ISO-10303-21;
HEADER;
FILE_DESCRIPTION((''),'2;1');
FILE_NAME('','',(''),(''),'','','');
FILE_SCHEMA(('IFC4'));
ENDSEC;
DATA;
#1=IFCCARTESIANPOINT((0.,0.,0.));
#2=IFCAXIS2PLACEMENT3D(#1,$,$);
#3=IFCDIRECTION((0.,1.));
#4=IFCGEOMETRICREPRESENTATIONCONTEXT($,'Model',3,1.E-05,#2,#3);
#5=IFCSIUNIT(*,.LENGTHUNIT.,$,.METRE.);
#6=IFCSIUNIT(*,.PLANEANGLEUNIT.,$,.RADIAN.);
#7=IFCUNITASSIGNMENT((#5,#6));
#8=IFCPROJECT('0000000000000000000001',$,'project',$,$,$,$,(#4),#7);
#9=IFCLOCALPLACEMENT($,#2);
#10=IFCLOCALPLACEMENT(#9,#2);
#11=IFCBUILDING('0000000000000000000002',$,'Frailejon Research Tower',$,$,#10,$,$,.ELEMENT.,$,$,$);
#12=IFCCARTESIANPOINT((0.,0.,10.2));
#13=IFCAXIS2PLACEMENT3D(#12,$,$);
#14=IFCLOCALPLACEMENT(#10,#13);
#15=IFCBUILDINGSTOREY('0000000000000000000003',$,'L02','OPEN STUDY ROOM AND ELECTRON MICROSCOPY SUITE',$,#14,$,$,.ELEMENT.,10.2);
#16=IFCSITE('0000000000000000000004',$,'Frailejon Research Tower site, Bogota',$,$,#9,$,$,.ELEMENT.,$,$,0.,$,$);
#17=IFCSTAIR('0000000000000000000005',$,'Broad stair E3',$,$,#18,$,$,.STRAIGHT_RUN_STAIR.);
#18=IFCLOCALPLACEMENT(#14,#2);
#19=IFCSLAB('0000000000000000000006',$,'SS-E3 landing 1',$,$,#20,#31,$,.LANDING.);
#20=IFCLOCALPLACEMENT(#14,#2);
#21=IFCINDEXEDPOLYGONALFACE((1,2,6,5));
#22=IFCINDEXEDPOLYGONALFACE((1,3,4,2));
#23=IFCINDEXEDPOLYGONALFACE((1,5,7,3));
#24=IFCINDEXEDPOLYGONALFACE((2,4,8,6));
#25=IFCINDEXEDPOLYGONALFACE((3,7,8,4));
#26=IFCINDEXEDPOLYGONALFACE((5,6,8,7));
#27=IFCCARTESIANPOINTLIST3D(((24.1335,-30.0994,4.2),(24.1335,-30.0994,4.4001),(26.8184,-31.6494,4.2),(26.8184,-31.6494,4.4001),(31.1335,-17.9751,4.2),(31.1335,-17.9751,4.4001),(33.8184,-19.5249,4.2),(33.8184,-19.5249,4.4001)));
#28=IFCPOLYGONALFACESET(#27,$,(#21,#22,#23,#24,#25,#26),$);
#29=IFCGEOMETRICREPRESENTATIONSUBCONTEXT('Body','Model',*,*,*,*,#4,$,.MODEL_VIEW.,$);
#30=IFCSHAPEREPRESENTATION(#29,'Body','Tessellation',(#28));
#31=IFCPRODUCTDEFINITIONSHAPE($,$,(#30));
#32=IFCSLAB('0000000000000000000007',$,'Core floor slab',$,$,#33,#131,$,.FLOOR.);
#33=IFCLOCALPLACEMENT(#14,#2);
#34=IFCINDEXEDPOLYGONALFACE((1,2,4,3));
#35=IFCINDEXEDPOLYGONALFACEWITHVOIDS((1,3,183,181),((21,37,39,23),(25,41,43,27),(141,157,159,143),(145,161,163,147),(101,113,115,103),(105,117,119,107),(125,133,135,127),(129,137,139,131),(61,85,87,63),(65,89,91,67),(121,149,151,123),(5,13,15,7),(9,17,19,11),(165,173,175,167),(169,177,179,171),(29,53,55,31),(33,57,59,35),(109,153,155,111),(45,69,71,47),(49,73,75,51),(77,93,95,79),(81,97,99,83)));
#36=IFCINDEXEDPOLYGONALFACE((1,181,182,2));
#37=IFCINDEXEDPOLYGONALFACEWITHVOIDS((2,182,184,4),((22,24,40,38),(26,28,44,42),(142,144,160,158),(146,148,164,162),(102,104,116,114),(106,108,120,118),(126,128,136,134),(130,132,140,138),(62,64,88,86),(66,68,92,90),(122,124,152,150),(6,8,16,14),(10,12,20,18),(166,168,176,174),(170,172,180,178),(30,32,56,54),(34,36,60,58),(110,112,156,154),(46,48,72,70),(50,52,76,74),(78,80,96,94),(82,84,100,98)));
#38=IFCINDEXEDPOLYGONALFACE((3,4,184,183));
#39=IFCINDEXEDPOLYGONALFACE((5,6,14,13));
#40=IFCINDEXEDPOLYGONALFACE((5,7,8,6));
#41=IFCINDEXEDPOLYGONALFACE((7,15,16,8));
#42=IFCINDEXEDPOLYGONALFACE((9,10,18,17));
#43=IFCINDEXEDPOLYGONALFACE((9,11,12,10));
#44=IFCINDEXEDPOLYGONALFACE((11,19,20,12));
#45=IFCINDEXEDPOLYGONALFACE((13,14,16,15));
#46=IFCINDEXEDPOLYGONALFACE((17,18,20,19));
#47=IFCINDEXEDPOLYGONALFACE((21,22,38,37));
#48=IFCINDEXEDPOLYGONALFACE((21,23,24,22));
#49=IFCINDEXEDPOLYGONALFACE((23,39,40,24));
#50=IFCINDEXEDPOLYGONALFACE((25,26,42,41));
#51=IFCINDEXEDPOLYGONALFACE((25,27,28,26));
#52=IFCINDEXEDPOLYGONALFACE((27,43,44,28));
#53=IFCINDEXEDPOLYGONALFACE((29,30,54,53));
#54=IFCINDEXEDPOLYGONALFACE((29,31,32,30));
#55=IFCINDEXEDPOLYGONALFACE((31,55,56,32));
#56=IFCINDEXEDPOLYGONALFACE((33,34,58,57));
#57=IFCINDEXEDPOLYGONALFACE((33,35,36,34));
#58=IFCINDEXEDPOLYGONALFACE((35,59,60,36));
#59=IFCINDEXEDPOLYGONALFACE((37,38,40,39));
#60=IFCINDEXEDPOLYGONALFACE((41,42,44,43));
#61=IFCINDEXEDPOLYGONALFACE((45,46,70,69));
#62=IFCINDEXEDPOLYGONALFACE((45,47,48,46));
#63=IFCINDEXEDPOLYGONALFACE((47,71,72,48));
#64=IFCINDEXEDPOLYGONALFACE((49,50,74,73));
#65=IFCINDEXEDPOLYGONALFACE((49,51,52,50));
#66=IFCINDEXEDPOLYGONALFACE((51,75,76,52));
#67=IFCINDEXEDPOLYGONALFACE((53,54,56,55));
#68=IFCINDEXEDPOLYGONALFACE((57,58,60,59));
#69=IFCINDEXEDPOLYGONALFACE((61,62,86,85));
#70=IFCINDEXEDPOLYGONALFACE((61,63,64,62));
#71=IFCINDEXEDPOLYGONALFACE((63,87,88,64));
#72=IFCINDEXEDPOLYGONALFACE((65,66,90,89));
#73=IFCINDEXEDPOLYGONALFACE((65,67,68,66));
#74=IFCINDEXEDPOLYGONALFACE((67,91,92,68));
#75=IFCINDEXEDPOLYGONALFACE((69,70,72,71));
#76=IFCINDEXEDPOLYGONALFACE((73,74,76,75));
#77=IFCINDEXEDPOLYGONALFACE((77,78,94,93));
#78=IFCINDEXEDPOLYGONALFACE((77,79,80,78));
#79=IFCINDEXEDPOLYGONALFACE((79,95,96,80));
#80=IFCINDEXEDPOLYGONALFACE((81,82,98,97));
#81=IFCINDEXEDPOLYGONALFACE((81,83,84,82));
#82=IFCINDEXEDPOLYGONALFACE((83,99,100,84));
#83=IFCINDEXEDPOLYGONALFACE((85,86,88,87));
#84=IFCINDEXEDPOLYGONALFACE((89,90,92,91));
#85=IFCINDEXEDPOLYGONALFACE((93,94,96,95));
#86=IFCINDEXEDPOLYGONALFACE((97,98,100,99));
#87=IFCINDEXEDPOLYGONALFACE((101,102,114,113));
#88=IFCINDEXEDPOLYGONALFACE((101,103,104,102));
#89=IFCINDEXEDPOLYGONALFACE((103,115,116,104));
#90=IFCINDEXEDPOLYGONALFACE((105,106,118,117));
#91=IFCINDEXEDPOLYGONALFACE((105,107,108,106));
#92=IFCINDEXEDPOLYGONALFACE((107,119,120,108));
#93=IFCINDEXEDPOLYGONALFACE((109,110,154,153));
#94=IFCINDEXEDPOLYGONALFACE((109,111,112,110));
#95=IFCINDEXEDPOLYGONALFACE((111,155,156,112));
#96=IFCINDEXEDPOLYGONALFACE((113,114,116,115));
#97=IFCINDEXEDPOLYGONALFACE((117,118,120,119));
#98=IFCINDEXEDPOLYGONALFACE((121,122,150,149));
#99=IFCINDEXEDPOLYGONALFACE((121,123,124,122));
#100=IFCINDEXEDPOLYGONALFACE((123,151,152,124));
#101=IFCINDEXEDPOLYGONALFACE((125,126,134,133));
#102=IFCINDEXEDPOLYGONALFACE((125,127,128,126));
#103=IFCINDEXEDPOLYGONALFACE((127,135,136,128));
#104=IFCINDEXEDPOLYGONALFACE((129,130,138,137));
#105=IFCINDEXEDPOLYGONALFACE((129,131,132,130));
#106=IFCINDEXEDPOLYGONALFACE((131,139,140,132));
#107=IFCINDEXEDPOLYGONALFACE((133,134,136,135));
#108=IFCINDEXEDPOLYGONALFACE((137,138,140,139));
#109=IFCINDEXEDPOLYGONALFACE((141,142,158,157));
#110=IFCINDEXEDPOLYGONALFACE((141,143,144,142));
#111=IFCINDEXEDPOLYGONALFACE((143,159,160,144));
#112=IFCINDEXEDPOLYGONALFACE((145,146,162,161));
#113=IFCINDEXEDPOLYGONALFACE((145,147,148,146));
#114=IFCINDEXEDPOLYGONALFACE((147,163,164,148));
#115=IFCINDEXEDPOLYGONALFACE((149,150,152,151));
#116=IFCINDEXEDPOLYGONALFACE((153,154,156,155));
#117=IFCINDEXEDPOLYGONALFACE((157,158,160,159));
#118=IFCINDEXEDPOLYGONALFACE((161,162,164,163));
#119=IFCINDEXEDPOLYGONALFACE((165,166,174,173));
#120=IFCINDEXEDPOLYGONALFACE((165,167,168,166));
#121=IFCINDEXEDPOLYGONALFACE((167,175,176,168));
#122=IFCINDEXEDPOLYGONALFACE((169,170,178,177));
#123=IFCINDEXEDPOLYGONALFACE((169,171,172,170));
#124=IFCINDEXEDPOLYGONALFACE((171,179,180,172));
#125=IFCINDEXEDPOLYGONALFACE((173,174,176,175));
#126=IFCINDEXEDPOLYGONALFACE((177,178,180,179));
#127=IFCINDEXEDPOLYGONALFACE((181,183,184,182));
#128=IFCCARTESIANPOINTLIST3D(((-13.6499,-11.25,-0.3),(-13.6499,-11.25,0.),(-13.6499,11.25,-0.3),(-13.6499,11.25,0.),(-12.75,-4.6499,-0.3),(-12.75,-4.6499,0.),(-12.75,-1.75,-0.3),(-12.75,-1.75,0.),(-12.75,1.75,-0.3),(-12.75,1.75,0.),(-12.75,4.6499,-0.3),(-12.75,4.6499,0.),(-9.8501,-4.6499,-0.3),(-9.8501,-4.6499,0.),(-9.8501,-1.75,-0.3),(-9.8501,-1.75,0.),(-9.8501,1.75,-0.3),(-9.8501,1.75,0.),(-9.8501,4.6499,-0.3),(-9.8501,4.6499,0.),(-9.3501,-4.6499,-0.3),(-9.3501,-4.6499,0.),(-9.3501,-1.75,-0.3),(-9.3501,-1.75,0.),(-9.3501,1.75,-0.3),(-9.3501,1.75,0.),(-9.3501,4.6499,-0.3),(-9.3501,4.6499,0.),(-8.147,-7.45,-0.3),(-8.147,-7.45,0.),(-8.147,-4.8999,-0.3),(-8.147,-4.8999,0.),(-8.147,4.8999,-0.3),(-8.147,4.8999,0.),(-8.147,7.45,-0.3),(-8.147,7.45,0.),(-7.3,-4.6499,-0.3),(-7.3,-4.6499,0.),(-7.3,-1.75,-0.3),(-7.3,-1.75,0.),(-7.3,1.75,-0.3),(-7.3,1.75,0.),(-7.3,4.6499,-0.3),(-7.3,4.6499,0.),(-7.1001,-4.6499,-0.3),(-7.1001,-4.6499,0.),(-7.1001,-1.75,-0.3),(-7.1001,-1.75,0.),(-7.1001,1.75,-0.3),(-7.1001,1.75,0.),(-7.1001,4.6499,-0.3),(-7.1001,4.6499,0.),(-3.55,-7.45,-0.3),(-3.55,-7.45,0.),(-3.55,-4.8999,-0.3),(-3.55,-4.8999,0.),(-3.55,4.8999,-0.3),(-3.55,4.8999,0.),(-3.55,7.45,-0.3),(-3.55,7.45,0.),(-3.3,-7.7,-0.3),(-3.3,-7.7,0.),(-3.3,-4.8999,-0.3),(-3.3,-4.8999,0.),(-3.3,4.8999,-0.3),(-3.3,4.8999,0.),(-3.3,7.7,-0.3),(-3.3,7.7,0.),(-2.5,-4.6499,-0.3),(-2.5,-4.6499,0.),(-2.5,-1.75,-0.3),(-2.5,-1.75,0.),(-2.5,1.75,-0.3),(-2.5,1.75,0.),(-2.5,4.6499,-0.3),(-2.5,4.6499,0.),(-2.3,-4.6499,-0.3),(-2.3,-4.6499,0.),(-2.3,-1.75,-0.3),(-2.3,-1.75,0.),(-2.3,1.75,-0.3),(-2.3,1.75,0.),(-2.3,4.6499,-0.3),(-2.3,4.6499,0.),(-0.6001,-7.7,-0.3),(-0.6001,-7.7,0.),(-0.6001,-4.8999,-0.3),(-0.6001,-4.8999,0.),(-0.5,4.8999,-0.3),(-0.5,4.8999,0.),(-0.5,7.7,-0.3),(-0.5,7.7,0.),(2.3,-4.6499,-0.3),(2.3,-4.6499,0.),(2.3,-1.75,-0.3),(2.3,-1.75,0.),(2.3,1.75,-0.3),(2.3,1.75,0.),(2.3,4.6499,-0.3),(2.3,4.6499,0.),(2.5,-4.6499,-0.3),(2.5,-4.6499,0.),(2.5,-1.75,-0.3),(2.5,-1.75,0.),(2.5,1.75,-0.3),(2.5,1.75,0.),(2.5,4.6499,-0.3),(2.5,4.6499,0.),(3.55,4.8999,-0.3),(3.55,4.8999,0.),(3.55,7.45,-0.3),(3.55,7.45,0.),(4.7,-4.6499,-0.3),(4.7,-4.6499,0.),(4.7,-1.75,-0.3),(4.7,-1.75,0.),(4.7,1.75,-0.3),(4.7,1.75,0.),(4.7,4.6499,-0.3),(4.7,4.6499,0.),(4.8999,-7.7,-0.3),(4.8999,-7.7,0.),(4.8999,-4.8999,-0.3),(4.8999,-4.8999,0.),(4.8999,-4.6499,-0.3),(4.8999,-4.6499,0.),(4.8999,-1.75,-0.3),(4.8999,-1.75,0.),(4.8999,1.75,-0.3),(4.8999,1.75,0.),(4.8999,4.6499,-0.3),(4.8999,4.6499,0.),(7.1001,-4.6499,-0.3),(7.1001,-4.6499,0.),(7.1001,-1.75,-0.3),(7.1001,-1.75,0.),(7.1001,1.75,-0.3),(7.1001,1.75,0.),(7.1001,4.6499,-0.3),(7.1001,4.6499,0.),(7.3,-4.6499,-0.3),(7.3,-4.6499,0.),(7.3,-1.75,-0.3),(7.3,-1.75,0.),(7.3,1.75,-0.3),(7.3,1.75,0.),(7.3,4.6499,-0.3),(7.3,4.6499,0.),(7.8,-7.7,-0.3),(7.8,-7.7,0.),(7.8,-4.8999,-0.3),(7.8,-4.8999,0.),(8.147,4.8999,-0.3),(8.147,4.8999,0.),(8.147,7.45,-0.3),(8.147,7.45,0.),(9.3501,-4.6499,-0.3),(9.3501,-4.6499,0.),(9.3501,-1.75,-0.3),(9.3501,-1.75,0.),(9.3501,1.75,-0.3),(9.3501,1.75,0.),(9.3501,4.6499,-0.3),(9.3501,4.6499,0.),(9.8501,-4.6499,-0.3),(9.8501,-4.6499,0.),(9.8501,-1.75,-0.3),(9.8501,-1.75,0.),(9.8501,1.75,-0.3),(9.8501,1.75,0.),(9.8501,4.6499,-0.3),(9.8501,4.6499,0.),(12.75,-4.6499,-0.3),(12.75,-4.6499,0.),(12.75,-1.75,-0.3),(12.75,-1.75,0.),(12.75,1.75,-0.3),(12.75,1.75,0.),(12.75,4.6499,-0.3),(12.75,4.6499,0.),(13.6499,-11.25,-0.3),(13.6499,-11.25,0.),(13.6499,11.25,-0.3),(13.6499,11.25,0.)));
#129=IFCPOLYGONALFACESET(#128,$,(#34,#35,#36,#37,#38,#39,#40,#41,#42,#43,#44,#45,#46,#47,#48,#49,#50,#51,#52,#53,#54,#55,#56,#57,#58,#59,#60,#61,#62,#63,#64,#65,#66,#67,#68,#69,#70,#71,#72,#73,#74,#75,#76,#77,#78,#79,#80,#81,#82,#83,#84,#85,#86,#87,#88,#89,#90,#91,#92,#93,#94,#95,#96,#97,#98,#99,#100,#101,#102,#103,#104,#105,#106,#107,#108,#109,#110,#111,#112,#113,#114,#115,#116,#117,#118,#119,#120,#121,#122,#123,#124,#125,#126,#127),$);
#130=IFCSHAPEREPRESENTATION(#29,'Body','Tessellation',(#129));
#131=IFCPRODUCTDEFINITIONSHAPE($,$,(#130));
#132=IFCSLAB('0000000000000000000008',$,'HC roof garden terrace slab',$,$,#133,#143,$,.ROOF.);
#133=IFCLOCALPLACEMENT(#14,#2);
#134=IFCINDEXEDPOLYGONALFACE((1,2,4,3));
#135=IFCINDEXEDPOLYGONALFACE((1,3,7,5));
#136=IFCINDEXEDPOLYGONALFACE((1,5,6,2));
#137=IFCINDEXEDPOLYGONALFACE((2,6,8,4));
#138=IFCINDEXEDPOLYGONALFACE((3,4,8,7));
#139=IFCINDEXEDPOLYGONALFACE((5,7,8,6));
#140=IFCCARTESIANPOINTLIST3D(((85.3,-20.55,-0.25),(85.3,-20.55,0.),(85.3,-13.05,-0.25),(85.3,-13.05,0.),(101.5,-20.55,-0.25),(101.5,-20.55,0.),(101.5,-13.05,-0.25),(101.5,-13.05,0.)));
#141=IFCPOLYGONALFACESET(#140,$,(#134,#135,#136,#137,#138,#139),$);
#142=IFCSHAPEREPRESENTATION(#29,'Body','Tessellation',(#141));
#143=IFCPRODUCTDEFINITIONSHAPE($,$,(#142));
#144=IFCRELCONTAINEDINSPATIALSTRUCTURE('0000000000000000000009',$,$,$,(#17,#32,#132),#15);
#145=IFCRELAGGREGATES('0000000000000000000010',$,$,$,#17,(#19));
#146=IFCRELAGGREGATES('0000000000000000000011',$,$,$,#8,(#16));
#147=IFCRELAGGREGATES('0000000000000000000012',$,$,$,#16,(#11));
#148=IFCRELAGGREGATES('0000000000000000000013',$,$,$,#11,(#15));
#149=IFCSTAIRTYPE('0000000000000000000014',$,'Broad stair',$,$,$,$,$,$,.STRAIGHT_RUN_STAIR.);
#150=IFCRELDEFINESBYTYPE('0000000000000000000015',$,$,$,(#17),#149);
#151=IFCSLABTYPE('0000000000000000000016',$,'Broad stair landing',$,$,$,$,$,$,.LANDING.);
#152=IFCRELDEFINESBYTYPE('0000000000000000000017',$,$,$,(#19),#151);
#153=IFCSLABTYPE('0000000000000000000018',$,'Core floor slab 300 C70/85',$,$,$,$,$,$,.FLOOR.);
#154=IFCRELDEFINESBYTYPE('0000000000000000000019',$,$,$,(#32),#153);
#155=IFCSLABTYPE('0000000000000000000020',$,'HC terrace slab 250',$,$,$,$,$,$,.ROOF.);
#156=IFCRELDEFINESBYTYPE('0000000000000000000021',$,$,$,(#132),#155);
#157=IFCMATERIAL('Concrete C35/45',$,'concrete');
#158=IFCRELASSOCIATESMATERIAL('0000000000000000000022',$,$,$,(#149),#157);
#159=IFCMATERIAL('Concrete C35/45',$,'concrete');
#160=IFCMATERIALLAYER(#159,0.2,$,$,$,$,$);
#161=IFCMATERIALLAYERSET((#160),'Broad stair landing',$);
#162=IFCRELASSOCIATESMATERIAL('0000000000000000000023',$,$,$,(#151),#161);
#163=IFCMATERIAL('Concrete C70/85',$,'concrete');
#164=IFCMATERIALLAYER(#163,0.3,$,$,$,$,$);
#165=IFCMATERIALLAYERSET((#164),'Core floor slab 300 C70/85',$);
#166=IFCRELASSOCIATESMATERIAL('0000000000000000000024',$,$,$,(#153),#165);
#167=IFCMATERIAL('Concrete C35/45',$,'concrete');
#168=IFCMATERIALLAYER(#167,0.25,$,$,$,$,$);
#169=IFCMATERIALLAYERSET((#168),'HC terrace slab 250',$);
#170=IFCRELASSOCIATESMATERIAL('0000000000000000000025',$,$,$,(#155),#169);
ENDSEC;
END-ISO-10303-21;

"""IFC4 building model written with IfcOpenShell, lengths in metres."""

from ifc_helpers import new_model, si_unit, direction, frame, origin, place, context, subcontext, project, spatial, polyline, outline, extrude, material, layer, layer_set, type_object, element, aggregate, save


model = new_model("IFC4")

# Units and contexts
model_context = context("Model", 3, precision=1e-05, world=origin(), true_north=direction((0.0, 1.0)))
body_context = subcontext(model_context, "Body", "Model", "MODEL_VIEW")
ifc_project = project(units=[si_unit("LENGTHUNIT", "METRE"), si_unit("PLANEANGLEUNIT", "RADIAN")], contexts=[model_context])

# Site, building, storey
site_placement = place(None, origin())
site = spatial("IfcSite", under=ifc_project, at=site_placement, Name="Frailejon Research Tower site, Bogota", CompositionType="ELEMENT", RefElevation=0.0)
building_placement = place(site_placement, origin())
building = spatial("IfcBuilding", under=site, at=building_placement, Name="Frailejon Research Tower", CompositionType="ELEMENT")
storey_placement = place(building_placement, frame((0.0, 0.0, 10.2)))
storey = spatial("IfcBuildingStorey", under=building, at=storey_placement, Name="L02", Description="OPEN STUDY ROOM AND ELECTRON MICROSCOPY SUITE", CompositionType="ELEMENT", Elevation=10.2)

# Stair, slab
ifc_material_1 = material(Name="Concrete C35/45", Category="concrete")
stair_type_1 = type_object("IfcStairType", Name="Broad stair", PredefinedType="STRAIGHT_RUN_STAIR", material=ifc_material_1)
stair_1_placement = place(storey_placement, origin())
stair_1 = element("IfcStair", 1, at=stair_1_placement, inside=storey, type_object=stair_type_1, Name="Broad stair E3", PredefinedType="STRAIGHT_RUN_STAIR")
ifc_material_2 = material(Name="Concrete C35/45", Category="concrete")
ifc_layer_1 = layer(ifc_material_2, 0.2)
ifc_layer_set_1 = layer_set([ifc_layer_1], Name="Broad stair landing")
slab_type_1 = type_object("IfcSlabType", Name="Broad stair landing", PredefinedType="LANDING", material=ifc_layer_set_1)
slab_1_placement = place(storey_placement, frame((0.0, 0.0, 4.2)))
slab_1 = element("IfcSlab", 2, at=slab_1_placement, type_object=slab_type_1, Name="SS-E3 landing 1", PredefinedType="LANDING", context=body_context, shape_type="SweptSolid", body=[
    extrude(outline(polyline([(24.1335, -30.0994), (26.8184, -31.6494), (33.8184, -19.5249), (31.1335, -17.9751), (24.1335, -30.0994)])), origin(), (0.0, 0.0, 1.0), 0.2002),
])
aggregate(stair_1, [slab_1])

# Slabs
ifc_material_3 = material(Name="Concrete C70/85", Category="concrete")
ifc_layer_2 = layer(ifc_material_3, 0.3)
ifc_layer_set_2 = layer_set([ifc_layer_2], Name="Core floor slab 300 C70/85")
slab_type_2 = type_object("IfcSlabType", Name="Core floor slab 300 C70/85", PredefinedType="FLOOR", material=ifc_layer_set_2)
slab_2_placement = place(storey_placement, frame((0.0, 0.0, -0.3)))
element("IfcSlab", 3, at=slab_2_placement, inside=storey, type_object=slab_type_2, Name="Core floor slab", PredefinedType="FLOOR", context=body_context, shape_type="SweptSolid", body=[
    extrude(outline(polyline([(13.6499, -11.25), (13.6499, 11.25), (-13.6499, 11.25), (-13.6499, -11.25), (13.6499, -11.25)]), holes=[polyline([(-9.8501, 1.75), (-9.8501, 4.6499), (-12.75, 4.6499), (-12.75, 1.75), (-9.8501, 1.75)]), polyline([(-7.3, 1.75), (-7.3, 4.6499), (-9.3501, 4.6499), (-9.3501, 1.75), (-7.3, 1.75)]), polyline([(-2.5, 1.75), (-2.5, 4.6499), (-7.1001, 4.6499), (-7.1001, 1.75), (-2.5, 1.75)]), polyline([(2.3, 1.75), (2.3, 4.6499), (-2.3, 4.6499), (-2.3, 1.75), (2.3, 1.75)]), polyline([(4.7, 1.75), (4.7, 4.6499), (2.5, 4.6499), (2.5, 1.75), (4.7, 1.75)]), polyline([(7.1001, 1.75), (7.1001, 4.6499), (4.8999, 4.6499), (4.8999, 1.75), (7.1001, 1.75)]), polyline([(9.3501, 1.75), (9.3501, 4.6499), (7.3, 4.6499), (7.3, 1.75), (9.3501, 1.75)]), polyline([(12.75, 1.75), (12.75, 4.6499), (9.8501, 4.6499), (9.8501, 1.75), (12.75, 1.75)]), polyline([(-9.8501, -4.6499), (-9.8501, -1.75), (-12.75, -1.75), (-12.75, -4.6499), (-9.8501, -4.6499)]), polyline([(-7.3, -4.6499), (-7.3, -1.75), (-9.3501, -1.75), (-9.3501, -4.6499), (-7.3, -4.6499)]), polyline([(-2.5, -4.6499), (-2.5, -1.75), (-7.1001, -1.75), (-7.1001, -4.6499), (-2.5, -4.6499)]), polyline([(2.3, -4.6499), (2.3, -1.75), (-2.3, -1.75), (-2.3, -4.6499), (2.3, -4.6499)]), polyline([(4.7, -4.6499), (4.7, -1.75), (2.5, -1.75), (2.5, -4.6499), (4.7, -4.6499)]), polyline([(7.1001, -4.6499), (7.1001, -1.75), (4.8999, -1.75), (4.8999, -4.6499), (7.1001, -4.6499)]), polyline([(9.3501, -4.6499), (9.3501, -1.75), (7.3, -1.75), (7.3, -4.6499), (9.3501, -4.6499)]), polyline([(12.75, -4.6499), (12.75, -1.75), (9.8501, -1.75), (9.8501, -4.6499), (12.75, -4.6499)]), polyline([(-8.147, 4.8999), (-3.55, 4.8999), (-3.55, 7.45), (-8.147, 7.45), (-8.147, 4.8999)]), polyline([(-8.147, -7.45), (-3.55, -7.45), (-3.55, -4.8999), (-8.147, -4.8999), (-8.147, -7.45)]), polyline([(8.147, 7.45), (3.55, 7.45), (3.55, 4.8999), (8.147, 4.8999), (8.147, 7.45)]), polyline([(-0.6001, -7.7), (-0.6001, -4.8999), (-3.3, -4.8999), (-3.3, -7.7), (-0.6001, -7.7)]), polyline([(7.8, -7.7), (7.8, -4.8999), (4.8999, -4.8999), (4.8999, -7.7), (7.8, -7.7)]), polyline([(-0.5, 4.8999), (-0.5, 7.7), (-3.3, 7.7), (-3.3, 4.8999), (-0.5, 4.8999)])]), origin(), (0.0, 0.0, 1.0), 0.3),
])
ifc_material_4 = material(Name="Concrete C35/45", Category="concrete")
ifc_layer_3 = layer(ifc_material_4, 0.25)
ifc_layer_set_3 = layer_set([ifc_layer_3], Name="HC terrace slab 250")
slab_type_3 = type_object("IfcSlabType", Name="HC terrace slab 250", PredefinedType="ROOF", material=ifc_layer_set_3)
slab_3_placement = place(storey_placement, frame((0.0, 0.0, -0.25)))
element("IfcSlab", 4, at=slab_3_placement, inside=storey, type_object=slab_type_3, Name="HC roof garden terrace slab", PredefinedType="ROOF", context=body_context, shape_type="SweptSolid", body=[
    extrude(outline(polyline([(101.5, -20.55), (101.5, -13.05), (85.3, -13.05), (85.3, -20.55), (101.5, -20.55)])), origin(), (0.0, 0.0, 1.0), 0.25),
])

save(model, "model.ifc")
